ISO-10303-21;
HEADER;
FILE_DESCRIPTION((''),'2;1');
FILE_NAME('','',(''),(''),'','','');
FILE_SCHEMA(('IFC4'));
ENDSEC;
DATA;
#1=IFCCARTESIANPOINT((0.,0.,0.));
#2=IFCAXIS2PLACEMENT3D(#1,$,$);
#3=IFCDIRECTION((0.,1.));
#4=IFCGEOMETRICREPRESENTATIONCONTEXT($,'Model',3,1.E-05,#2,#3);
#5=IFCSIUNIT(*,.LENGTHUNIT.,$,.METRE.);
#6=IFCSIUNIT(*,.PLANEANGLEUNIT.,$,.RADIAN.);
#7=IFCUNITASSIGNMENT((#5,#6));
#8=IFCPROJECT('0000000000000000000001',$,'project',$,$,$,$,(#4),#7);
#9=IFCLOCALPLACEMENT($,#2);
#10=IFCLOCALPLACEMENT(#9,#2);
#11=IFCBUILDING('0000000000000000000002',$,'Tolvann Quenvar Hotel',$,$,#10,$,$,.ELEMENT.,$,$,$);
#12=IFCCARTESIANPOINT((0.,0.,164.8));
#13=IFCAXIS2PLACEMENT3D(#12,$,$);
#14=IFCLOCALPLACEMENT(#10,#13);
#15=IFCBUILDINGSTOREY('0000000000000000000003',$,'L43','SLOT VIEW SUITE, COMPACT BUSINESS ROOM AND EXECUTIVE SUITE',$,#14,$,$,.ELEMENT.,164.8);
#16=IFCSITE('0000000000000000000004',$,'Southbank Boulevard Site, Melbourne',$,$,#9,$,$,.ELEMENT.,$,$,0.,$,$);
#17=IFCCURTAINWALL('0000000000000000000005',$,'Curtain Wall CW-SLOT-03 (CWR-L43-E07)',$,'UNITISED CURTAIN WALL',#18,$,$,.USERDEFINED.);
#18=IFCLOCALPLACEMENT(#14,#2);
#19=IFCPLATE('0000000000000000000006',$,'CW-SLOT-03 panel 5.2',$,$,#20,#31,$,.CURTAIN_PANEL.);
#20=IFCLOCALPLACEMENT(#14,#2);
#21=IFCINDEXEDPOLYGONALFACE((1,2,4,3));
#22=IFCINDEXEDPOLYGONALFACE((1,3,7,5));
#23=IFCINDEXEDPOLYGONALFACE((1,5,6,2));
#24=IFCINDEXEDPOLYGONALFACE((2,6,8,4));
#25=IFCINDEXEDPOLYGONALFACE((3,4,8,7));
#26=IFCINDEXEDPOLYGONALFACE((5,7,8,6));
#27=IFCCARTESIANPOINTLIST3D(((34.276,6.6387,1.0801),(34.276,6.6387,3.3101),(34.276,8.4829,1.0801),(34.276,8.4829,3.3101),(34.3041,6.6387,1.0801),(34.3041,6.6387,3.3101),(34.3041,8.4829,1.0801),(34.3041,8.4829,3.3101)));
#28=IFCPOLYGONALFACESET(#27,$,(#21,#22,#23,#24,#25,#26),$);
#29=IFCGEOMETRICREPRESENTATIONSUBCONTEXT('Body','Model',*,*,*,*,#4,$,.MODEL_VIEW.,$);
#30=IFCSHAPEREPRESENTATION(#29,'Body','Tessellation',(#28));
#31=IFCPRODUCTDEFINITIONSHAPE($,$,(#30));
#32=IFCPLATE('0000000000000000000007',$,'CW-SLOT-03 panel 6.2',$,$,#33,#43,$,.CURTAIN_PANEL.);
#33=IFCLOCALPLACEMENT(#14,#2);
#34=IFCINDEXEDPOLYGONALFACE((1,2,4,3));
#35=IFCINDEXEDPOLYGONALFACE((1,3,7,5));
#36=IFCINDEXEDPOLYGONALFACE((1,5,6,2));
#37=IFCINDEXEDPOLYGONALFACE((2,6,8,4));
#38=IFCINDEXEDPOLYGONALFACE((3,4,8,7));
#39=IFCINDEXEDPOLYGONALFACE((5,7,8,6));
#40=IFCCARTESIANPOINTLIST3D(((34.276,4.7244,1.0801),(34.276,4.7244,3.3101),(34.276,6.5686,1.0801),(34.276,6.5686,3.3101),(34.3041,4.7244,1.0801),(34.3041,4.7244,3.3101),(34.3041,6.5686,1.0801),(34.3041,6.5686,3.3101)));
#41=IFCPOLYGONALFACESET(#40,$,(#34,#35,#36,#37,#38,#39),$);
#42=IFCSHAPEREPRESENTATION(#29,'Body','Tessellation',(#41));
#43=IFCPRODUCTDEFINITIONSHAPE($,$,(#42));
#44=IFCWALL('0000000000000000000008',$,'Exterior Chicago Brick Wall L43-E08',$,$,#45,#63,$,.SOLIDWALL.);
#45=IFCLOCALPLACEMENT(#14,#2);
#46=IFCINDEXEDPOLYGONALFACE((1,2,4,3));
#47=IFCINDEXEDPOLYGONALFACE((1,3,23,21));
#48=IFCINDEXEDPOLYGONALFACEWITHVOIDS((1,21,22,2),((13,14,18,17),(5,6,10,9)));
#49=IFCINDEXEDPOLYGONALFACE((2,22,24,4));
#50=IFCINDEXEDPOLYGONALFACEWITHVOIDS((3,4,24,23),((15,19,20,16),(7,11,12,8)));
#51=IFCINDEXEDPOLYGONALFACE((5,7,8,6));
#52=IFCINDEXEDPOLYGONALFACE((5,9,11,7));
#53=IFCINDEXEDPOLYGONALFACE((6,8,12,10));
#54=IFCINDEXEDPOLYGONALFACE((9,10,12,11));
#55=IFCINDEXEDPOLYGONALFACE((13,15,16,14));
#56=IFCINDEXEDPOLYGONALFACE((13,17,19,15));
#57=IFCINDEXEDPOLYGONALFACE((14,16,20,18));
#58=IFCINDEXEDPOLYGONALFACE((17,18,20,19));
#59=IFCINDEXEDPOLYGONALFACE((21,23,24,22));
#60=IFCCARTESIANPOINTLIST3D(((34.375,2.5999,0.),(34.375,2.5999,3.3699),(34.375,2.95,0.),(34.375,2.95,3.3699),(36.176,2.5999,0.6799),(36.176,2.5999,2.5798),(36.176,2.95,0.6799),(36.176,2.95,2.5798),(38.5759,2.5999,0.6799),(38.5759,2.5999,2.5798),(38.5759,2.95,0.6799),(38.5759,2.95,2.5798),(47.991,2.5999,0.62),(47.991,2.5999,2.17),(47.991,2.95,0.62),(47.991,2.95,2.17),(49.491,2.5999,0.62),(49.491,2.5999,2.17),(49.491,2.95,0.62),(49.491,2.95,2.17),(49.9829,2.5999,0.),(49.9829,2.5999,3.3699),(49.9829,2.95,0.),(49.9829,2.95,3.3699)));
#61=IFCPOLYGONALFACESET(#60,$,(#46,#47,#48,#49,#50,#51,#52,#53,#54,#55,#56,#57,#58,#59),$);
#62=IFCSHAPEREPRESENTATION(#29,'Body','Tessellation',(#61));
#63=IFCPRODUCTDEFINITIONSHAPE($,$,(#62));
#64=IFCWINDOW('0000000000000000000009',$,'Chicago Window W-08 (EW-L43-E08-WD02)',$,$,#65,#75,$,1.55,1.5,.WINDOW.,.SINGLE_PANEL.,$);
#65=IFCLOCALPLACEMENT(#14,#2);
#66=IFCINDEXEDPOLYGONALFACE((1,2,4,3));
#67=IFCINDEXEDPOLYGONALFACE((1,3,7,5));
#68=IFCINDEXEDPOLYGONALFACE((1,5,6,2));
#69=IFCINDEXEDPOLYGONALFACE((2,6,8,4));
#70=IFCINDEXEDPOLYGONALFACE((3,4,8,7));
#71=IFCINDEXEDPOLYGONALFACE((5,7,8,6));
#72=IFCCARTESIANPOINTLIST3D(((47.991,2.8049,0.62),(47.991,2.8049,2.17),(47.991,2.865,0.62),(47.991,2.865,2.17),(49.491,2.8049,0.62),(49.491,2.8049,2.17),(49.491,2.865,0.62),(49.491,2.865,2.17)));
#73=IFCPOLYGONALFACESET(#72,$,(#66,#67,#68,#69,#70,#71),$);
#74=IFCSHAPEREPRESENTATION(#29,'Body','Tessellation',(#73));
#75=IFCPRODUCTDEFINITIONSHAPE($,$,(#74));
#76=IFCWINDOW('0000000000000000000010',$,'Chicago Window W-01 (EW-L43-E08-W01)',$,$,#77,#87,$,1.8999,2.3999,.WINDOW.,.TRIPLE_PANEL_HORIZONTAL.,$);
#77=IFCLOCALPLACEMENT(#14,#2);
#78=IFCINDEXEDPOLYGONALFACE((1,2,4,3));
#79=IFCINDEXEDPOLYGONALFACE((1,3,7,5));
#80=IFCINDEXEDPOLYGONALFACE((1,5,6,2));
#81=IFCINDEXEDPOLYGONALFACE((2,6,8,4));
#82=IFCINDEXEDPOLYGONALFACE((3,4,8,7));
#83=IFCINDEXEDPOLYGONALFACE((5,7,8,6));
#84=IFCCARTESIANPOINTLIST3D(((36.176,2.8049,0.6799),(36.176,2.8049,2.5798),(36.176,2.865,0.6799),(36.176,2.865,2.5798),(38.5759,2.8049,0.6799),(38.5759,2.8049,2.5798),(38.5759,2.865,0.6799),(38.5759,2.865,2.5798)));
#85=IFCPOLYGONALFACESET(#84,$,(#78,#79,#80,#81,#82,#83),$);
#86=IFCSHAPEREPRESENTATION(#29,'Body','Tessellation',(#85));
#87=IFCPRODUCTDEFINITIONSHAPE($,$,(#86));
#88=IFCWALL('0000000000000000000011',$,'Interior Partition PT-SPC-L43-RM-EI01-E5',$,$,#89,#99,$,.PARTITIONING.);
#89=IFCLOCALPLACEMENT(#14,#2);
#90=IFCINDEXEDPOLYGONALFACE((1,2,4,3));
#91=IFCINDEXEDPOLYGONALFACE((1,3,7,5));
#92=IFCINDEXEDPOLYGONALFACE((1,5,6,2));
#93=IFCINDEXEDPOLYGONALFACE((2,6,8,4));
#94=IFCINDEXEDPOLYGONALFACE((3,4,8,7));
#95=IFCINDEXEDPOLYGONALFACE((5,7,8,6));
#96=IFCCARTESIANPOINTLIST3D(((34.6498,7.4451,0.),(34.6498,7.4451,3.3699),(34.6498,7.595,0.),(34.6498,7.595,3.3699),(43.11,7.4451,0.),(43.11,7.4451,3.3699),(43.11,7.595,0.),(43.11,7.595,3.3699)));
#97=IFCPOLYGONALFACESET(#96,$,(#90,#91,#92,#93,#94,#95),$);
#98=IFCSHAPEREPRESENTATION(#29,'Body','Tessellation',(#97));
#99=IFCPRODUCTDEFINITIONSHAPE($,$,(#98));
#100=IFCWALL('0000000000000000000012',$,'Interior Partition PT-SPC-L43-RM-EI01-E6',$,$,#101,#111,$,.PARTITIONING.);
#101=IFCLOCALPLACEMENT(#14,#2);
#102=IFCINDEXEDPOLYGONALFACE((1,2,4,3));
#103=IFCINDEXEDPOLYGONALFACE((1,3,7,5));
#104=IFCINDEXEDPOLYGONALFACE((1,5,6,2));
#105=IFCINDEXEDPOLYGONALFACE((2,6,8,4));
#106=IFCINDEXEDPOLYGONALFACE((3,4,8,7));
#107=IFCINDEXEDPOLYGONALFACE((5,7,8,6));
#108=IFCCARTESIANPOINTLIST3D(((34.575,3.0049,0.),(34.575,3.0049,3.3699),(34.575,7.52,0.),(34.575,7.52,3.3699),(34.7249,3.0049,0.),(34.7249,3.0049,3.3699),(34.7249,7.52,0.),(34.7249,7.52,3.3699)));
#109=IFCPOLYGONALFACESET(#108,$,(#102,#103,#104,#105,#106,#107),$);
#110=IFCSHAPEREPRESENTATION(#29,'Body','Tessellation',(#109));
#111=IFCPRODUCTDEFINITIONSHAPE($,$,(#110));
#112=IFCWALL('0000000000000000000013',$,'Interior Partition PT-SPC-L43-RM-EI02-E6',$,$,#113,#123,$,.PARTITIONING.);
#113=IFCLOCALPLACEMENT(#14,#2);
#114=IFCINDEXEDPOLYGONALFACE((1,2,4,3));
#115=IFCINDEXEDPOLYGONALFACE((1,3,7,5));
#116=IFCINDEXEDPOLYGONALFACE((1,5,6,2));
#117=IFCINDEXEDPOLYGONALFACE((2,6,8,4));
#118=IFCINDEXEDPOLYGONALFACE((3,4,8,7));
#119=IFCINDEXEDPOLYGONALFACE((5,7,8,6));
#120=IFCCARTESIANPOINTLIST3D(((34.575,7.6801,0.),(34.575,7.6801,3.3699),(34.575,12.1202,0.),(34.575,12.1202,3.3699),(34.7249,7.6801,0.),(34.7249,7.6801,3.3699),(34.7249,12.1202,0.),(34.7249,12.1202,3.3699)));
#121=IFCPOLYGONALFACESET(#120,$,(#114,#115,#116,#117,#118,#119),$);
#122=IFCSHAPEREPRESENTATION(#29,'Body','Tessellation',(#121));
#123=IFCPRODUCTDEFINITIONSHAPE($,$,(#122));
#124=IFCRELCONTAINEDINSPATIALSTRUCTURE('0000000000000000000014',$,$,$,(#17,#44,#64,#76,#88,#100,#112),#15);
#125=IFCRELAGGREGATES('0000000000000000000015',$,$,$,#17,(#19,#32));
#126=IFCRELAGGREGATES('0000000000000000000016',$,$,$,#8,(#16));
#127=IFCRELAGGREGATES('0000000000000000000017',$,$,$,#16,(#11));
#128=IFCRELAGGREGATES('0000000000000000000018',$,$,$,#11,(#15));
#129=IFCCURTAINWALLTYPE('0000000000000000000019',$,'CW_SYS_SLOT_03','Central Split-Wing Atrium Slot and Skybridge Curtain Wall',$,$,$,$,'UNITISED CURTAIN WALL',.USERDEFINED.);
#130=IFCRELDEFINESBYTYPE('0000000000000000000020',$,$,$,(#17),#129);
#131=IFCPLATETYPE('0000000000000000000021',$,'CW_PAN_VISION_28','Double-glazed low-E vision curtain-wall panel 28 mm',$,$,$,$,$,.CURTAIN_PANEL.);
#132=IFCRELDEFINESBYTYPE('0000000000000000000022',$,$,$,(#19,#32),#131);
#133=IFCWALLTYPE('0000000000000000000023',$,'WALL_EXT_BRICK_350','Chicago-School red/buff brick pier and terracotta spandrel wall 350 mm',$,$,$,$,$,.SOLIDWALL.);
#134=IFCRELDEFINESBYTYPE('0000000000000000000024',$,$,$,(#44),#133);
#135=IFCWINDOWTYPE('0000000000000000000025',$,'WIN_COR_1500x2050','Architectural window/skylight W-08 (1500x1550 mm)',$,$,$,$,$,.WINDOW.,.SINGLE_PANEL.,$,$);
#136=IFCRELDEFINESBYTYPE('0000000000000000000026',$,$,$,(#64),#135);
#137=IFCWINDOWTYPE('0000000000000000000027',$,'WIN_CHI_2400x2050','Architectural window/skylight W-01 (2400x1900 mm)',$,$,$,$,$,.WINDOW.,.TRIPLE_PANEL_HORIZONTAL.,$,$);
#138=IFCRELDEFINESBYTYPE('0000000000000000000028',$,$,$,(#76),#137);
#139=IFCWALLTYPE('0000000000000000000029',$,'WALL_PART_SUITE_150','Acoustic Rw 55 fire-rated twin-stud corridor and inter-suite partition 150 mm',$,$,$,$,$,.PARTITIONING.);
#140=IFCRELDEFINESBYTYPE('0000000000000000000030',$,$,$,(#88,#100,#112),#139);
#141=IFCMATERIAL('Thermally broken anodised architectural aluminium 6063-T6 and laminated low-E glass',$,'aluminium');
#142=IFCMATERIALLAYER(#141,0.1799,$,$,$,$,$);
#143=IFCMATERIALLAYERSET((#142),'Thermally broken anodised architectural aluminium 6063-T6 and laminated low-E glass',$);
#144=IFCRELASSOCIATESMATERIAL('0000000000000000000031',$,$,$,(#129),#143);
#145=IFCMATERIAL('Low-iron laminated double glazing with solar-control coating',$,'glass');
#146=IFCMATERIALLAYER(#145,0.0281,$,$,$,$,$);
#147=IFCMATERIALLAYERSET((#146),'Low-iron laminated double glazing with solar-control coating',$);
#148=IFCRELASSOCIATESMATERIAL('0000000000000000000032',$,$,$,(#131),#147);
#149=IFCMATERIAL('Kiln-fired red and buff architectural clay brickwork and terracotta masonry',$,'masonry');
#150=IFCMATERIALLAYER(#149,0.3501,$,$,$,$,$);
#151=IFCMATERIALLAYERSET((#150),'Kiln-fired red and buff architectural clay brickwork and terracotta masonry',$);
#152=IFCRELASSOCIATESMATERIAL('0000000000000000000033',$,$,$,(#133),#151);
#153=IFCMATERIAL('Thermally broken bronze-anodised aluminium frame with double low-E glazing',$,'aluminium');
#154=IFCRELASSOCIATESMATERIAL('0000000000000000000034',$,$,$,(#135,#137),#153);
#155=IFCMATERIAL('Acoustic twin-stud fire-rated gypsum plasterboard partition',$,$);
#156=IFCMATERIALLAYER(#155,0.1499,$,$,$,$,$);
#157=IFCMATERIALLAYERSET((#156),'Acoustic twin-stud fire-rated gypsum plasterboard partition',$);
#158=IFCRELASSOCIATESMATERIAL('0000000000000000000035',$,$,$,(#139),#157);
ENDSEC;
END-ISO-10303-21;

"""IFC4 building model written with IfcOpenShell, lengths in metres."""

from ifc_helpers import new_model, si_unit, direction, frame, frame_2d, origin, origin_2d, place, context, subcontext, project, spatial, rectangle, extrude, source, transform, mapped, material, layer, layer_set, type_object, type_shapes, element, fill, aggregate, save


model = new_model("IFC4")

# Units and contexts
model_context = context("Model", 3, precision=1e-05, world=origin(), true_north=direction((0.0, 1.0)))
body_context = subcontext(model_context, "Body", "Model", "MODEL_VIEW")
ifc_project = project(units=[si_unit("LENGTHUNIT", "METRE"), si_unit("PLANEANGLEUNIT", "RADIAN")], contexts=[model_context])

# Site, building, storey
site_placement = place(None, origin())
site = spatial("IfcSite", under=ifc_project, at=site_placement, Name="Southbank Boulevard Site, Melbourne", CompositionType="ELEMENT", RefElevation=0.0)
building_placement = place(site_placement, origin())
building = spatial("IfcBuilding", under=site, at=building_placement, Name="Tolvann Quenvar Hotel", CompositionType="ELEMENT")
storey_placement = place(building_placement, frame((0.0, 0.0, 164.8)))
storey = spatial("IfcBuildingStorey", under=building, at=storey_placement, Name="L43", Description="SLOT VIEW SUITE, COMPACT BUSINESS ROOM AND EXECUTIVE SUITE", CompositionType="ELEMENT", Elevation=164.8)

# Curtain wall
ifc_material_1 = material(Name="Thermally broken anodised architectural aluminium 6063-T6 and laminated low-E glass", Category="aluminium")
ifc_layer_1 = layer(ifc_material_1, 0.1799)
ifc_layer_set_1 = layer_set([ifc_layer_1], Name="Thermally broken anodised architectural aluminium 6063-T6 and laminated low-E glass")
curtain_wall_type = type_object("IfcCurtainWallType", Name="CW_SYS_SLOT_03", Description="Central Split-Wing Atrium Slot and Skybridge Curtain Wall", ElementType="UNITISED CURTAIN WALL", PredefinedType="USERDEFINED", material=ifc_layer_set_1)
curtain_wall_placement = place(storey_placement, origin())
curtain_wall = element("IfcCurtainWall", 1, at=curtain_wall_placement, inside=storey, type_object=curtain_wall_type, Name="Curtain Wall CW-SLOT-03 (CWR-L43-E07)", ObjectType="UNITISED CURTAIN WALL", PredefinedType="USERDEFINED")

# Plates
ifc_material_2 = material(Name="Low-iron laminated double glazing with solar-control coating", Category="glass")
ifc_layer_2 = layer(ifc_material_2, 0.0281)
ifc_layer_set_2 = layer_set([ifc_layer_2], Name="Low-iron laminated double glazing with solar-control coating")
plate_type_1 = type_object("IfcPlateType", Name="CW_PAN_VISION_28", Description="Double-glazed low-E vision curtain-wall panel 28 mm", PredefinedType="CURTAIN_PANEL", material=ifc_layer_set_2)
shared_shape_1 = source(origin(), body_context, "Body", "SweptSolid", [
    extrude(rectangle(XDim=1.8442, YDim=0.0281, at=origin_2d()), origin(), (0.0, 0.0, 1.0), 2.23),
])
plate_1_placement = place(storey_placement, frame((34.29, 7.5608, 1.0801), z_axis=(0.0, 0.0, 1.0), x_axis=(0.0, -1.0, 0.0)))
plate_1 = element("IfcPlate", 2, at=plate_1_placement, type_object=plate_type_1, Name="CW-SLOT-03 panel 5.2", PredefinedType="CURTAIN_PANEL", context=body_context, shape_type="MappedRepresentation", body=[
    mapped(shared_shape_1, transform((0.0, 0.0, 0.0), x_axis=(1.0, 0.0, 0.0), y_axis=(0.0, 1.0, 0.0), z_axis=(0.0, 0.0, 1.0), scale=1.0)),
])
plate_2_placement = place(storey_placement, frame((34.29, 5.6465, 1.0801), z_axis=(0.0, 0.0, 1.0), x_axis=(0.0, -1.0, 0.0)))
plate_2 = element("IfcPlate", 3, at=plate_2_placement, type_object=plate_type_1, Name="CW-SLOT-03 panel 6.2", PredefinedType="CURTAIN_PANEL", context=body_context, shape_type="MappedRepresentation", body=[
    mapped(shared_shape_1, transform((0.0, 0.0, 0.0), x_axis=(1.0, 0.0, 0.0), y_axis=(0.0, 1.0, 0.0), z_axis=(0.0, 0.0, 1.0), scale=1.0)),
])
aggregate(curtain_wall, [plate_1, plate_2])

# Wall, openings, windows
ifc_material_3 = material(Name="Kiln-fired red and buff architectural clay brickwork and terracotta masonry", Category="masonry")
ifc_layer_3 = layer(ifc_material_3, 0.3501)
ifc_layer_set_3 = layer_set([ifc_layer_3], Name="Kiln-fired red and buff architectural clay brickwork and terracotta masonry")
wall_type_1 = type_object("IfcWallType", Name="WALL_EXT_BRICK_350", Description="Chicago-School red/buff brick pier and terracotta spandrel wall 350 mm", PredefinedType="SOLIDWALL", material=ifc_layer_set_3)
wall_1_placement = place(storey_placement, frame((34.375, 2.7749, 0.0), z_axis=(0.0, 0.0, 1.0), x_axis=(1.0, 0.0, 0.0)))
wall_1 = element("IfcWall", 4, at=wall_1_placement, inside=storey, type_object=wall_type_1, Name="Exterior Chicago Brick Wall L43-E08", PredefinedType="SOLIDWALL", context=body_context, shape_type="SweptSolid", body=[
    extrude(rectangle(XDim=15.6079, YDim=0.3501, at=frame_2d((7.804, 0.0))), origin(), (0.0, 0.0, 1.0), 3.3699),
])
opening_1_placement = place(wall_1_placement, frame((1.801, 0.0, 0.6799)))
opening_1 = element("IfcOpeningElement", 5, at=opening_1_placement, cuts=wall_1, PredefinedType="OPENING", context=body_context, shape_type="SweptSolid", body=[
    extrude(rectangle(XDim=2.3999, YDim=1.8999, at=frame_2d((1.2, 0.95))), frame((0.0, 0.1851, 0.0), z_axis=(0.0, -1.0, 0.0), x_axis=(1.0, 0.0, 0.0)), (0.0, 0.0, 1.0), 0.3701),
])
opening_2_placement = place(wall_1_placement, frame((13.616, 0.0, 0.6201)))
opening_2 = element("IfcOpeningElement", 6, at=opening_2_placement, cuts=wall_1, PredefinedType="OPENING", context=body_context, shape_type="SweptSolid", body=[
    extrude(rectangle(XDim=1.5, YDim=1.55, at=frame_2d((0.75, 0.7749))), frame((0.0, 0.1851, 0.0), z_axis=(0.0, -1.0, 0.0), x_axis=(1.0, 0.0, 0.0)), (0.0, 0.0, 1.0), 0.3701),
])
ifc_material_4 = material(Name="Thermally broken bronze-anodised aluminium frame with double low-E glazing", Category="aluminium")
window_type_1 = type_object("IfcWindowType", Name="WIN_COR_1500x2050", Description="Architectural window/skylight W-08 (1500x1550 mm)", PartitioningType="SINGLE_PANEL", PredefinedType="WINDOW", material=ifc_material_4)
shared_shape_2 = source(origin(), body_context, "Body", "SweptSolid", [
    extrude(rectangle(XDim=1.5, YDim=1.55, at=frame_2d((0.75, 0.7749))), frame((0.0, 0.0901, 0.0), z_axis=(0.0, -1.0, 0.0), x_axis=(1.0, 0.0, 0.0)), (0.0, 0.0, 1.0), 0.0601),
])
type_shapes(window_type_1, [shared_shape_2])
window_1_placement = place(opening_2_placement, origin())
window_1 = element("IfcWindow", 7, at=window_1_placement, inside=storey, type_object=window_type_1, Name="Chicago Window W-08 (EW-L43-E08-WD02)", OverallHeight=1.55, OverallWidth=1.5, PartitioningType="SINGLE_PANEL", PredefinedType="WINDOW", context=body_context, shape_type="MappedRepresentation", body=[
    mapped(shared_shape_2, transform((0.0, 0.0, 0.0), x_axis=(1.0, 0.0, 0.0), y_axis=(0.0, 1.0, 0.0), z_axis=(0.0, 0.0, 1.0), scale=1.0)),
])
fill(opening_2, window_1)
window_type_2 = type_object("IfcWindowType", Name="WIN_CHI_2400x2050", Description="Architectural window/skylight W-01 (2400x1900 mm)", PartitioningType="TRIPLE_PANEL_HORIZONTAL", PredefinedType="WINDOW", material=ifc_material_4)
shared_shape_3 = source(origin(), body_context, "Body", "SweptSolid", [
    extrude(rectangle(XDim=2.3999, YDim=1.8999, at=frame_2d((1.2, 0.95))), frame((0.0, 0.0901, 0.0), z_axis=(0.0, -1.0, 0.0), x_axis=(1.0, 0.0, 0.0)), (0.0, 0.0, 1.0), 0.0601),
])
type_shapes(window_type_2, [shared_shape_3])
window_2_placement = place(opening_1_placement, origin())
window_2 = element("IfcWindow", 8, at=window_2_placement, inside=storey, type_object=window_type_2, Name="Chicago Window W-01 (EW-L43-E08-W01)", OverallHeight=1.8999, OverallWidth=2.3999, PartitioningType="TRIPLE_PANEL_HORIZONTAL", PredefinedType="WINDOW", context=body_context, shape_type="MappedRepresentation", body=[
    mapped(shared_shape_3, transform((0.0, 0.0, 0.0), x_axis=(1.0, 0.0, 0.0), y_axis=(0.0, 1.0, 0.0), z_axis=(0.0, 0.0, 1.0), scale=1.0)),
])
fill(opening_1, window_2)

# Walls
ifc_material_5 = material(Name="Acoustic twin-stud fire-rated gypsum plasterboard partition")
ifc_layer_4 = layer(ifc_material_5, 0.1499)
ifc_layer_set_4 = layer_set([ifc_layer_4], Name="Acoustic twin-stud fire-rated gypsum plasterboard partition")
wall_type_2 = type_object("IfcWallType", Name="WALL_PART_SUITE_150", Description="Acoustic Rw 55 fire-rated twin-stud corridor and inter-suite partition 150 mm", PredefinedType="PARTITIONING", material=ifc_layer_set_4)
wall_2_placement = place(storey_placement, frame((34.6499, 7.52, 0.0), z_axis=(0.0, 0.0, 1.0), x_axis=(1.0, 0.0, 0.0)))
element("IfcWall", 9, at=wall_2_placement, inside=storey, type_object=wall_type_2, Name="Interior Partition PT-SPC-L43-RM-EI01-E5", PredefinedType="PARTITIONING", context=body_context, shape_type="SweptSolid", body=[
    extrude(rectangle(XDim=8.4602, YDim=0.1499, at=frame_2d((4.23, 0.0))), origin(), (0.0, 0.0, 1.0), 3.3699),
])
wall_3_placement = place(storey_placement, frame((34.6499, 3.0049, 0.0), z_axis=(0.0, 0.0, 1.0), x_axis=(0.0, 1.0, 0.0)))
element("IfcWall", 10, at=wall_3_placement, inside=storey, type_object=wall_type_2, Name="Interior Partition PT-SPC-L43-RM-EI01-E6", PredefinedType="PARTITIONING", context=body_context, shape_type="SweptSolid", body=[
    extrude(rectangle(XDim=4.5151, YDim=0.1499, at=frame_2d((2.2576, 0.0))), origin(), (0.0, 0.0, 1.0), 3.3699),
])
wall_4_placement = place(storey_placement, frame((34.6499, 7.6799, 0.0), z_axis=(0.0, 0.0, 1.0), x_axis=(0.0, 1.0, 0.0)))
element("IfcWall", 11, at=wall_4_placement, inside=storey, type_object=wall_type_2, Name="Interior Partition PT-SPC-L43-RM-EI02-E6", PredefinedType="PARTITIONING", context=body_context, shape_type="SweptSolid", body=[
    extrude(rectangle(XDim=4.4402, YDim=0.1499, at=frame_2d((2.2202, 0.0))), origin(), (0.0, 0.0, 1.0), 3.3699),
])

save(model, "model.ifc")
